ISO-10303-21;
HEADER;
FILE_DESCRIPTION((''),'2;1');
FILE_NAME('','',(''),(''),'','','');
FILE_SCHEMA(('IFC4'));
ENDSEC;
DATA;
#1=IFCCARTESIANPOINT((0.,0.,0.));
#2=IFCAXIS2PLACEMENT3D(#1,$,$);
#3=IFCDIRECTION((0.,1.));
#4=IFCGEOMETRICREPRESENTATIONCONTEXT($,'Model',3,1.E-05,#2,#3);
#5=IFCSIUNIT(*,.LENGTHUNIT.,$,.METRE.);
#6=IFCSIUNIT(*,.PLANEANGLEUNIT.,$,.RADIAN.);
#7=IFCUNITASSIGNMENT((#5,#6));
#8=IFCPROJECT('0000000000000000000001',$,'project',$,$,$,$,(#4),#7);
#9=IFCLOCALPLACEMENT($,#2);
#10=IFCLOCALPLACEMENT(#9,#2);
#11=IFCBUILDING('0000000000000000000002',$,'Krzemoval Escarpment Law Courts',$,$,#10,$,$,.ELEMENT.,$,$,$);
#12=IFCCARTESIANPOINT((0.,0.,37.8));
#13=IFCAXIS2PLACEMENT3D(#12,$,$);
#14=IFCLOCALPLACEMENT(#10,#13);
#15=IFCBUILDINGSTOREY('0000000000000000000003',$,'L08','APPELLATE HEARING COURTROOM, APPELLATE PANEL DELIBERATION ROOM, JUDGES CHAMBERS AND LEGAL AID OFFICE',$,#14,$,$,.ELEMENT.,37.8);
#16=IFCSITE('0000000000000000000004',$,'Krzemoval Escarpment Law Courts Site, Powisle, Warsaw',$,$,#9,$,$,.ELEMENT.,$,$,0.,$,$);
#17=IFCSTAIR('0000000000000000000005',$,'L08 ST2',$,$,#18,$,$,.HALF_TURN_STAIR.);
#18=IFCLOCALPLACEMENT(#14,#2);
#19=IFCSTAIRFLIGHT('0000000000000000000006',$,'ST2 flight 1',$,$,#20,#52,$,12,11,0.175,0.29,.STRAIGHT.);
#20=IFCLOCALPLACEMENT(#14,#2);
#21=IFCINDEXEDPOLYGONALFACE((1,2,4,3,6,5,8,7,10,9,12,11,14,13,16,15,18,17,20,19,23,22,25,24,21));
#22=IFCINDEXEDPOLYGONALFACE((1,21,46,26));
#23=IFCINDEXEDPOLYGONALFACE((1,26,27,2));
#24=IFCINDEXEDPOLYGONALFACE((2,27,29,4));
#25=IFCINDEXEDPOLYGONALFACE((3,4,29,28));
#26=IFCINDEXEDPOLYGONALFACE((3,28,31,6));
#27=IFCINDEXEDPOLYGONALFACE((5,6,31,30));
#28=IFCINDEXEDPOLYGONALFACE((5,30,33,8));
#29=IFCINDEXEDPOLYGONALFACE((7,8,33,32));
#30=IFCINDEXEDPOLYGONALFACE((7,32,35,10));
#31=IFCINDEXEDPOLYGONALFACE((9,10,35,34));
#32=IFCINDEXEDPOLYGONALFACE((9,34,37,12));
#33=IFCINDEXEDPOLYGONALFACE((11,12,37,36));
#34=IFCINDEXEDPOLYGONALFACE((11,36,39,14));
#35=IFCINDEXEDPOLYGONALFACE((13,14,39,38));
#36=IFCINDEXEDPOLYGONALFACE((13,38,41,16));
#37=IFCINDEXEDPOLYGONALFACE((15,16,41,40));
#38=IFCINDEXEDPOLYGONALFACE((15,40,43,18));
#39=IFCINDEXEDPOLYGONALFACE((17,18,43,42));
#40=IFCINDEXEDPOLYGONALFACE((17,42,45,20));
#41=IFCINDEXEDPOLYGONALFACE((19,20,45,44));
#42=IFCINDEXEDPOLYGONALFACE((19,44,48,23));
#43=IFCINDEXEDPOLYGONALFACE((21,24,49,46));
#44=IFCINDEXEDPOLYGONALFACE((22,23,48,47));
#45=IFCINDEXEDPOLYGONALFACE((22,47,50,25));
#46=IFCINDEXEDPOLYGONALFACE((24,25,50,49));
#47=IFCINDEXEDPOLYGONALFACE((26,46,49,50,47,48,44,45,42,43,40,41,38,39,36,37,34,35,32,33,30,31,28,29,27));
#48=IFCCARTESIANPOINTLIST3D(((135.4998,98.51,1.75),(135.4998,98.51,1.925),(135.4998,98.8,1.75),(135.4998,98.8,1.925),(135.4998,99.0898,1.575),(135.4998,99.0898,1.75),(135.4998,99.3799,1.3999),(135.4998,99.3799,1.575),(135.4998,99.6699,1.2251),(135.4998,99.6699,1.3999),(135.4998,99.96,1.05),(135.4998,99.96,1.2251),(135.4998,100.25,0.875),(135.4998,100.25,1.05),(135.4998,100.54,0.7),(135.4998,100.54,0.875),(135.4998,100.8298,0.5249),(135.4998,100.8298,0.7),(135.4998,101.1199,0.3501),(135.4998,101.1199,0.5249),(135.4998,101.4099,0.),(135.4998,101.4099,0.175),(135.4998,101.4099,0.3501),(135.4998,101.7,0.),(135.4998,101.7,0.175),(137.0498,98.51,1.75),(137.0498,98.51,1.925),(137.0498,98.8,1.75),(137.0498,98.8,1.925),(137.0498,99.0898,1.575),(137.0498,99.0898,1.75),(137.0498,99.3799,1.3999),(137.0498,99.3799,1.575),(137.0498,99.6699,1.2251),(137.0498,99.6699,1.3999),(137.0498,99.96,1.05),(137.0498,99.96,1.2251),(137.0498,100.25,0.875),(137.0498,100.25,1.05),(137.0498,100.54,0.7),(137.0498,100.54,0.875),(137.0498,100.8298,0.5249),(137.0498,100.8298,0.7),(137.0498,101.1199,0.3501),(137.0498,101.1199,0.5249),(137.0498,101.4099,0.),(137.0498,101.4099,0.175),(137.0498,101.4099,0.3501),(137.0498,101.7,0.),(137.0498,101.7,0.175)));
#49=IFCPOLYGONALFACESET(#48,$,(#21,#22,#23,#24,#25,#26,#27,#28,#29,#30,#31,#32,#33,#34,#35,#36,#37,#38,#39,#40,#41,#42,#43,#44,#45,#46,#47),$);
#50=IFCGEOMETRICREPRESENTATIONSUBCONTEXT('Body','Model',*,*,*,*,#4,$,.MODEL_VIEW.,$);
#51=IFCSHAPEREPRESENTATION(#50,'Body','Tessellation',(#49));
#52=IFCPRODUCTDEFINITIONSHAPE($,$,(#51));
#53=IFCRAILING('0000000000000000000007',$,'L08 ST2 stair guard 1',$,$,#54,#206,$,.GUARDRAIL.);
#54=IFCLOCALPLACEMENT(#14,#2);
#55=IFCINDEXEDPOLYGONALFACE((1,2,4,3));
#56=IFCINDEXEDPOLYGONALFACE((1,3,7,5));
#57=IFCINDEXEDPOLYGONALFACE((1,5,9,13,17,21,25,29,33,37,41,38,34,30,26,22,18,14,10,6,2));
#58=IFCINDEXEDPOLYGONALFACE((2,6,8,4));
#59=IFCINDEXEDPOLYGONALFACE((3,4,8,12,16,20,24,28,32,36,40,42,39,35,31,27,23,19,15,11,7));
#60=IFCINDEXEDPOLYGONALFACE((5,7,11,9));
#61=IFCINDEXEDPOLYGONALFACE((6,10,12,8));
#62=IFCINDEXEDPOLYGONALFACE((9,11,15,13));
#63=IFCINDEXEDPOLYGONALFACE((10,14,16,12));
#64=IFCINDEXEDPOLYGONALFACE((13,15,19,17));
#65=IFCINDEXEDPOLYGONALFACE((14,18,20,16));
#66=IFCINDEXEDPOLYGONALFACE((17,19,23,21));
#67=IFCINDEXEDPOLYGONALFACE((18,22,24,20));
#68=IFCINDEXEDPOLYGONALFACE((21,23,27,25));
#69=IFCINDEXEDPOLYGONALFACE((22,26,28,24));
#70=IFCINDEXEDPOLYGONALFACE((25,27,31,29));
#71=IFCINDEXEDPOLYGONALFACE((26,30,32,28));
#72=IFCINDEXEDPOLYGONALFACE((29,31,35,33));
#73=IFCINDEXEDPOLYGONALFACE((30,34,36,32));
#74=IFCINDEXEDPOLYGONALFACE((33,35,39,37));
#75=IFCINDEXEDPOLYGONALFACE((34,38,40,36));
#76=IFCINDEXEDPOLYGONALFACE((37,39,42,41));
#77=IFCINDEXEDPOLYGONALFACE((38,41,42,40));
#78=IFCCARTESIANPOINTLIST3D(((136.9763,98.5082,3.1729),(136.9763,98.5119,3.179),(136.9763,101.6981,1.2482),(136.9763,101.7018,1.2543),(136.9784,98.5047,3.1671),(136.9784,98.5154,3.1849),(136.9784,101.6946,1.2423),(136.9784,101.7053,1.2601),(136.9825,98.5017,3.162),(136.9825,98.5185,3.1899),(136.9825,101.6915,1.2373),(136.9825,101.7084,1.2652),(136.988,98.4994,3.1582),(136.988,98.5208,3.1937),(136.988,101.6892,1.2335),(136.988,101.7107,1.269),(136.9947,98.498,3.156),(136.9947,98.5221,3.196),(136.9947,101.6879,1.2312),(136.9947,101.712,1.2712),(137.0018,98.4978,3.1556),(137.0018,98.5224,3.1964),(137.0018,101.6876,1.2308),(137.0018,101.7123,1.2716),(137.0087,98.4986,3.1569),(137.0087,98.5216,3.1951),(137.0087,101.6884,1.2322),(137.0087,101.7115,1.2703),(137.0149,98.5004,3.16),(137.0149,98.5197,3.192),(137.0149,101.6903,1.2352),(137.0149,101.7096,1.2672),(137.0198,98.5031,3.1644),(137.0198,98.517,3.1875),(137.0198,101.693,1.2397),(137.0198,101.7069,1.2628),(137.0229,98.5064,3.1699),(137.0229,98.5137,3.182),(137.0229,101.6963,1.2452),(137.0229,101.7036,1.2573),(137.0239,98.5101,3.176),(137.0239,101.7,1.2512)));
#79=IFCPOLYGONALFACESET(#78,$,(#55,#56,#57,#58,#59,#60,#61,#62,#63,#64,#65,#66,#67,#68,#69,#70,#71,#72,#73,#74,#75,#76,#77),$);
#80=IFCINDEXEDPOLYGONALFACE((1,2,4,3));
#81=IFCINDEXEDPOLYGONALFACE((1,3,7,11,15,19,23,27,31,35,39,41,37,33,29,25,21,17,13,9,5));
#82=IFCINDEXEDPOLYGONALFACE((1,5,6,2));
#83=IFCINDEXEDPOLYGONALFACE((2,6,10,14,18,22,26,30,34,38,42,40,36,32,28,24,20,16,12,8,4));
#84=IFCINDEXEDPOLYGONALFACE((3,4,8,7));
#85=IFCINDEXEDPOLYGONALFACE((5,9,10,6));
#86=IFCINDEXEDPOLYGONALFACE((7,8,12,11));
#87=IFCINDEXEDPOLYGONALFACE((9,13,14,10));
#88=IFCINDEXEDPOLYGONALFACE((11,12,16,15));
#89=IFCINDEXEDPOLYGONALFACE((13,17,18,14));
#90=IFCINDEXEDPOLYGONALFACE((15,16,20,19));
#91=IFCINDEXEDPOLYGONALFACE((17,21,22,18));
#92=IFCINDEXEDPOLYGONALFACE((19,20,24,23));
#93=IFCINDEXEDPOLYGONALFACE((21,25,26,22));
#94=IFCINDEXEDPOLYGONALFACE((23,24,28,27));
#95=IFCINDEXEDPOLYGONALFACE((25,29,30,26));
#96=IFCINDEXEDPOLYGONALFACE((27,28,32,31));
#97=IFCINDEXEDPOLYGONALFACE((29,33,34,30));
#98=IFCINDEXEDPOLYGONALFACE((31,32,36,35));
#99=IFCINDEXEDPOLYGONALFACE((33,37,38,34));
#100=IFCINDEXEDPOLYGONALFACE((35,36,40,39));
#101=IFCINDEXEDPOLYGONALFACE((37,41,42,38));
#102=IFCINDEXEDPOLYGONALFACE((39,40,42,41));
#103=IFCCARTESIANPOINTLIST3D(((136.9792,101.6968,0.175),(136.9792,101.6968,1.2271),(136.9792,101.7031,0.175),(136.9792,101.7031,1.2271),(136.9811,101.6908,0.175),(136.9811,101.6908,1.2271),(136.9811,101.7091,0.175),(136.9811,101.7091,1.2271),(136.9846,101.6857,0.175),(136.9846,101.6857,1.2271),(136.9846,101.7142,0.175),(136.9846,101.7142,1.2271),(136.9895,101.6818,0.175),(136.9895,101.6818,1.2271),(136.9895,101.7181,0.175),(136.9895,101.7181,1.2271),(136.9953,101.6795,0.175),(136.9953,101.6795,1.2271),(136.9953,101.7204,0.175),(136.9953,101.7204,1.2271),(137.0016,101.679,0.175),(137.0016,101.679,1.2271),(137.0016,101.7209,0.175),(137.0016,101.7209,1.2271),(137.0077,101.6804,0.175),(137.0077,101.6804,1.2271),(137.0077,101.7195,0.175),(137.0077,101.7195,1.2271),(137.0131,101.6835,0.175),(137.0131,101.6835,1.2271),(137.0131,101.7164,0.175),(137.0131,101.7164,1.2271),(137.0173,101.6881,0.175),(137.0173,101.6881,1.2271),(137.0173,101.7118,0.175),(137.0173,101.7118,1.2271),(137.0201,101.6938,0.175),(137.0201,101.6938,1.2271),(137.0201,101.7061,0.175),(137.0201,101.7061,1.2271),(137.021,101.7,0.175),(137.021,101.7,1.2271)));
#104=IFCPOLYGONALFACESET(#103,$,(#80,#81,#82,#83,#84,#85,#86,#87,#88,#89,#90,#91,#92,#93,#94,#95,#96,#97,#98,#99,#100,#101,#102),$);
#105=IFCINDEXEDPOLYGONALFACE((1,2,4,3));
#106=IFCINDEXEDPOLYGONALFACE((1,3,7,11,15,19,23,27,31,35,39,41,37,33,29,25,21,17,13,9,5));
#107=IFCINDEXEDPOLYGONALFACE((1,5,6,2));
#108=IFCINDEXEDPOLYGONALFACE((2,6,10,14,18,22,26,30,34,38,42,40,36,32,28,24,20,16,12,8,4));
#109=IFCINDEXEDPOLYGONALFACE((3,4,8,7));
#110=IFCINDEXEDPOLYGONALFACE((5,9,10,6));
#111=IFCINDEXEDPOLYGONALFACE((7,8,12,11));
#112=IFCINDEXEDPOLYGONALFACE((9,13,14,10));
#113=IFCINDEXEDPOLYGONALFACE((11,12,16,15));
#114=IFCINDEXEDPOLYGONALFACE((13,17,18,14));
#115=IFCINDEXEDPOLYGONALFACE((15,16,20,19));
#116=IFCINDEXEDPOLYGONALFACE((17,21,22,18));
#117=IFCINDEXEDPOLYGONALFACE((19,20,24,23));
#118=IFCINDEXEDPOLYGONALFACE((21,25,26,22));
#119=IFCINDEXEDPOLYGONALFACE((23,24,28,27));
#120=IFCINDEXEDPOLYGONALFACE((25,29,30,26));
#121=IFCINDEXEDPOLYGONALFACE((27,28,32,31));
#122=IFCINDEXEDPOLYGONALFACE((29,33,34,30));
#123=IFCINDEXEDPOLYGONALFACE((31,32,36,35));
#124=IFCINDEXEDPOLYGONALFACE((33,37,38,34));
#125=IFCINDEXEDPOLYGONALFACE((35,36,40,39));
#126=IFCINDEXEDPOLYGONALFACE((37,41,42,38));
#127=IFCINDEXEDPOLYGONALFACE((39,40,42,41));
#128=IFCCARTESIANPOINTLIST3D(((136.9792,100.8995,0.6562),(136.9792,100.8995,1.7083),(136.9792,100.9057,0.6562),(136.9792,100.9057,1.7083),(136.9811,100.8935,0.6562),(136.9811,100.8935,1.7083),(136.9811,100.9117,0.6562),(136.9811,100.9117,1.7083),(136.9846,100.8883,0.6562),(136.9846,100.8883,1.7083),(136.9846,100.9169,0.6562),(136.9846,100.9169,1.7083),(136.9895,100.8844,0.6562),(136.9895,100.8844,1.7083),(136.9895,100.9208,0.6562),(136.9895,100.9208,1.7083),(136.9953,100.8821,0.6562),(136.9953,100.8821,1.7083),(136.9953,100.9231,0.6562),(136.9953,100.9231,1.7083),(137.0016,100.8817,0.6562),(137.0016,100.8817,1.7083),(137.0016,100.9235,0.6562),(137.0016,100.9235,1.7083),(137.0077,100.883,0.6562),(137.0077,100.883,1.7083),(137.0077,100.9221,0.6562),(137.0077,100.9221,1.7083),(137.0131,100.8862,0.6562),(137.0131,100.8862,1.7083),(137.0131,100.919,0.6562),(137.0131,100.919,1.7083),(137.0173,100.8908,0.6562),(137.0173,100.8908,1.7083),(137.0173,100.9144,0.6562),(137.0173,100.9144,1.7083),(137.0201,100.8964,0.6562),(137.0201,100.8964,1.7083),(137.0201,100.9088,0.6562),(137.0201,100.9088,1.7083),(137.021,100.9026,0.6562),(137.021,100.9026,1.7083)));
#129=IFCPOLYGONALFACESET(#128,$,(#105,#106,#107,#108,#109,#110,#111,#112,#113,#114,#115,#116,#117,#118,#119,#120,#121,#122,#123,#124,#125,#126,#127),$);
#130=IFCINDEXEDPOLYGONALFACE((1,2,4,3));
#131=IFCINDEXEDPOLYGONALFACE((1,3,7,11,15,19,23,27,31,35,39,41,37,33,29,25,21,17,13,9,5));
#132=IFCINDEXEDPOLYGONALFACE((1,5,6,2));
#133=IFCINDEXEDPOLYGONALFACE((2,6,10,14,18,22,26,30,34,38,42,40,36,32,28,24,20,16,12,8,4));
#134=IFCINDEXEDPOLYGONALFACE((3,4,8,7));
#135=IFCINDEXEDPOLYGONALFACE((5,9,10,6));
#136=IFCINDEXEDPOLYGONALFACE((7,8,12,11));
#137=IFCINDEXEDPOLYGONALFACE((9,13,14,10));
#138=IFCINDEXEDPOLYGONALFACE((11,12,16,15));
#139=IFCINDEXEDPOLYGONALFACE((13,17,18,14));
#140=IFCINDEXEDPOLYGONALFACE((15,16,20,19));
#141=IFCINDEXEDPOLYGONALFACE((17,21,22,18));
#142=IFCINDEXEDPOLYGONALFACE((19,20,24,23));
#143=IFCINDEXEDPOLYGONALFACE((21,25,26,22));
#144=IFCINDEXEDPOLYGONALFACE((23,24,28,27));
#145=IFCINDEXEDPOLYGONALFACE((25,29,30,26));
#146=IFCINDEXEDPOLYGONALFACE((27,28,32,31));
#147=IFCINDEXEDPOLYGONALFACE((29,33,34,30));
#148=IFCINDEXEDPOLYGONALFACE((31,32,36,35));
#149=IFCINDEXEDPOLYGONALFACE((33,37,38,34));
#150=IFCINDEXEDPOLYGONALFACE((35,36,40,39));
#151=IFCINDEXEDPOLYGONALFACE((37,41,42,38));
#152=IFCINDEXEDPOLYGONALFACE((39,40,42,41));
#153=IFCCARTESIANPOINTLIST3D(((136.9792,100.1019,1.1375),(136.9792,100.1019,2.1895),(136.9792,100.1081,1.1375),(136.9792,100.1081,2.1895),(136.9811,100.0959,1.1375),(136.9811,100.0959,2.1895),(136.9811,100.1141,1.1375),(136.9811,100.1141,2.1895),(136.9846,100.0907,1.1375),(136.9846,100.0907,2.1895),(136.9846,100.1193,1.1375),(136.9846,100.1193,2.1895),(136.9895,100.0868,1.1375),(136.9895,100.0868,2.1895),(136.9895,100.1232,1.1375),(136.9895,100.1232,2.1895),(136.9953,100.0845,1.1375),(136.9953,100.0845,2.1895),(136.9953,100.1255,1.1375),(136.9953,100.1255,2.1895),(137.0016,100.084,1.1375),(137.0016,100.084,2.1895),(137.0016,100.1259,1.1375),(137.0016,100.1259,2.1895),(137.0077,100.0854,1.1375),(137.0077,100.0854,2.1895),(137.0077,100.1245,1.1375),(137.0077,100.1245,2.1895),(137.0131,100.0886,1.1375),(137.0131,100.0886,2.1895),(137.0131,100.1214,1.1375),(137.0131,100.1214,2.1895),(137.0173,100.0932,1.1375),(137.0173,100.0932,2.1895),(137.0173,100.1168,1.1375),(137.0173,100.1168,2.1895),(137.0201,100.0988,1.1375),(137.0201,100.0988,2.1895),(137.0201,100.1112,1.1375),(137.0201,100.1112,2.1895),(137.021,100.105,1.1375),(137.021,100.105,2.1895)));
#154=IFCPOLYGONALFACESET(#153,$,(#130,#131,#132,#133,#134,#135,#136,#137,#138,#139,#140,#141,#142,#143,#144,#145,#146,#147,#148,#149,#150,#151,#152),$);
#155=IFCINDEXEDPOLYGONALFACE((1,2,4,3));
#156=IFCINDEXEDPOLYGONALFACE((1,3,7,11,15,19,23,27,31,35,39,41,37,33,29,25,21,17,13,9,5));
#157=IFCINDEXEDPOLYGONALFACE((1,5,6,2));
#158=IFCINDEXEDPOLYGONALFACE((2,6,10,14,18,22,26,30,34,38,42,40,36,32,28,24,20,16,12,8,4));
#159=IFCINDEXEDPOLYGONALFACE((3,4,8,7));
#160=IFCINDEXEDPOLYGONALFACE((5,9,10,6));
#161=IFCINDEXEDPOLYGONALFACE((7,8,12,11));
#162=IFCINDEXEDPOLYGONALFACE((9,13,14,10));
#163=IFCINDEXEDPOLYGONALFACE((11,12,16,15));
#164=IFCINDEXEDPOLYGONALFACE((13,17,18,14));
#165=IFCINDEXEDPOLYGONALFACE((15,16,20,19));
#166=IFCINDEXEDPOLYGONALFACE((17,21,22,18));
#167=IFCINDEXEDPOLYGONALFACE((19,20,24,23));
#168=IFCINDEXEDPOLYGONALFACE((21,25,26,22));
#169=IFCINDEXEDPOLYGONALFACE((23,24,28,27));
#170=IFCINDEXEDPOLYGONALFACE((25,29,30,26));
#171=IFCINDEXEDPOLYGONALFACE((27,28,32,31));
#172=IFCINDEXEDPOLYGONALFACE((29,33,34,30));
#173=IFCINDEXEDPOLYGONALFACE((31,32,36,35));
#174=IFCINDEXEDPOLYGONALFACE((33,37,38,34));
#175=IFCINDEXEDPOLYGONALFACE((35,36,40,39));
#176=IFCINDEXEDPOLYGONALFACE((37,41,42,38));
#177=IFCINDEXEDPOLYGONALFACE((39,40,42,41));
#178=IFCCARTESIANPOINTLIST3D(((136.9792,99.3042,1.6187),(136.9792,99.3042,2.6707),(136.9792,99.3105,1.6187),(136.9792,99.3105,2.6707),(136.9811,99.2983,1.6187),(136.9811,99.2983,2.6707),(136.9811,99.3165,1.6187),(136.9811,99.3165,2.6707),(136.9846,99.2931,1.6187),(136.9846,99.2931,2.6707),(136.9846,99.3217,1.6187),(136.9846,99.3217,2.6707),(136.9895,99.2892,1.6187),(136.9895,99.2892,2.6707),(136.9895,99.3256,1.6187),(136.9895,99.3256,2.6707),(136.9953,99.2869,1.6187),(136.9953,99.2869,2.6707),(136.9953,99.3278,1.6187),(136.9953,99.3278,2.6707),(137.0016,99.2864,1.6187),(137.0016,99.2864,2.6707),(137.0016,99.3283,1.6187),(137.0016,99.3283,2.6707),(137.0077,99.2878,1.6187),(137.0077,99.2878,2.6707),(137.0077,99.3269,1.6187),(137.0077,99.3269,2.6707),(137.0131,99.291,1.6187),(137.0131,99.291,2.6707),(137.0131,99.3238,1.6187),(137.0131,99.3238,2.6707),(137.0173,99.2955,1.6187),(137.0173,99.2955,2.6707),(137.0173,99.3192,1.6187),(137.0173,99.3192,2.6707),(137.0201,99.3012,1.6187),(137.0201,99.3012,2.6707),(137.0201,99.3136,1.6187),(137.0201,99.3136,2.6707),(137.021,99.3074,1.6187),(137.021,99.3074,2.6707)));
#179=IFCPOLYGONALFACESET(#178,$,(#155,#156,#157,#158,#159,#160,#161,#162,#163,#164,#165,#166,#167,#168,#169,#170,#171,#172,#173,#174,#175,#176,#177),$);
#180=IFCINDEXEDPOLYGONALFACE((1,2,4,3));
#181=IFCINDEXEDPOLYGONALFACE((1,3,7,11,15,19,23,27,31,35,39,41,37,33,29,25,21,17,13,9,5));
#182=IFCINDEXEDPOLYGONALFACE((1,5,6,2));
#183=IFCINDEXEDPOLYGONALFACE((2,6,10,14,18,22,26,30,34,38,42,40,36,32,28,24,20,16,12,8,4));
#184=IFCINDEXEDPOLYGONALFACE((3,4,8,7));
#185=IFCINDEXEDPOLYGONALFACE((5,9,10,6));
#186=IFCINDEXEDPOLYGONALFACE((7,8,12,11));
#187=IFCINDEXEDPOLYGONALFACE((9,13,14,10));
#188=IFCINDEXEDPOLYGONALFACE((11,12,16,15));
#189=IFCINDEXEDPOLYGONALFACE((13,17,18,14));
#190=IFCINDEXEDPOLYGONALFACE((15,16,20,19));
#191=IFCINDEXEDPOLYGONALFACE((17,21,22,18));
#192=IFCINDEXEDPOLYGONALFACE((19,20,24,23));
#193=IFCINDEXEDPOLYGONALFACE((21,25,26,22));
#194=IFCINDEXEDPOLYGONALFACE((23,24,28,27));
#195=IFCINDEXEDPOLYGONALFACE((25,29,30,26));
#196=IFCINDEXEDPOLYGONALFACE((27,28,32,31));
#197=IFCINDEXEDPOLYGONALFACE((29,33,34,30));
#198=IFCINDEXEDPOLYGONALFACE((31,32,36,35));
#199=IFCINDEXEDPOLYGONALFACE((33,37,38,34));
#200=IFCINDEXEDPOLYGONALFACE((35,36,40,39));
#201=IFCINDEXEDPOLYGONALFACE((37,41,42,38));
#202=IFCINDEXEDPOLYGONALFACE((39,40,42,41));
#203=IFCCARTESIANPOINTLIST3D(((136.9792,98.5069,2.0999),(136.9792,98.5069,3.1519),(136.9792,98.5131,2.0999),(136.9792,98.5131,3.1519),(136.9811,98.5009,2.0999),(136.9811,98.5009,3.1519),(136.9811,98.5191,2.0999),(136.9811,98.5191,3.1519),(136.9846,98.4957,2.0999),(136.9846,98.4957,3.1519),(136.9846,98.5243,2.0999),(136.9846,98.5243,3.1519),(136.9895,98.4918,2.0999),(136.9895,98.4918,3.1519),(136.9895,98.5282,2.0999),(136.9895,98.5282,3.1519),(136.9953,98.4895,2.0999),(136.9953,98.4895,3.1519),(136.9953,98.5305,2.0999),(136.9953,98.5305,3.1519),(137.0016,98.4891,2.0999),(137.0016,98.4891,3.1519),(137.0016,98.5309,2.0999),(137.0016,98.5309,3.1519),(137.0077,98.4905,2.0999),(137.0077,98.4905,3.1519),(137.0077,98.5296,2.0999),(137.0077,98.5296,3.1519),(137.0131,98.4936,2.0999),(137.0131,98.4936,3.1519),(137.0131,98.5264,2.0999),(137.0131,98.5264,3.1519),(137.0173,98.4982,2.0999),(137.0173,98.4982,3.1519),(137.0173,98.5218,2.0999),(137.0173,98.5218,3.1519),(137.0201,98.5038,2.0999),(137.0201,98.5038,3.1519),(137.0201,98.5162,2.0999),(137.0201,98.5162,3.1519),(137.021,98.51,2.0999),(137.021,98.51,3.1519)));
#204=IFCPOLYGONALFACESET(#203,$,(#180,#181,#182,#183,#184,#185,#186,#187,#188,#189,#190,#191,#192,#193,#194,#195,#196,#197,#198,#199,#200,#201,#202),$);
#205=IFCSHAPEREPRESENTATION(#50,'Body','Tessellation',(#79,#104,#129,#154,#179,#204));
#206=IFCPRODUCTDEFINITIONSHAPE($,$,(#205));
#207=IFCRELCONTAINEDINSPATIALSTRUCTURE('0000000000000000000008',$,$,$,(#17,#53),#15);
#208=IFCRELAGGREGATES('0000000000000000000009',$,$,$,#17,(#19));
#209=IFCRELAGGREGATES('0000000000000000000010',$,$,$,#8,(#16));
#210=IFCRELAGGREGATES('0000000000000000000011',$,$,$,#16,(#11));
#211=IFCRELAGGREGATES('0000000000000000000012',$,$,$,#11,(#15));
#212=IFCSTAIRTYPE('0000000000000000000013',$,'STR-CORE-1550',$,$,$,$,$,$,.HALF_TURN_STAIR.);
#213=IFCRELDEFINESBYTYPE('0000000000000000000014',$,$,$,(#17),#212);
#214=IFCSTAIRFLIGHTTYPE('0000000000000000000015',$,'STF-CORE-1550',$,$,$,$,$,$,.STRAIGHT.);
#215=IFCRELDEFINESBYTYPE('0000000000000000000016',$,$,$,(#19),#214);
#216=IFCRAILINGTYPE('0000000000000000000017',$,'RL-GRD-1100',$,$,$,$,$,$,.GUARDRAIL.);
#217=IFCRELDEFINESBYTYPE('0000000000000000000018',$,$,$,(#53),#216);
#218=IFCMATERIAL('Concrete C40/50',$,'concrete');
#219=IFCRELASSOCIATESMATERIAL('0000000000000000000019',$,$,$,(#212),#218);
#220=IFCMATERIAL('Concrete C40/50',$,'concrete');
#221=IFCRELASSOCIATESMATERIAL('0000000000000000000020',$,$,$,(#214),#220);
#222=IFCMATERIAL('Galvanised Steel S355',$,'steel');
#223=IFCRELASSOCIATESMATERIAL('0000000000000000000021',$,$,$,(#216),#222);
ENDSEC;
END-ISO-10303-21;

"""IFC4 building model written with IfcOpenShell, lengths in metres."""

from ifc_helpers import new_model, si_unit, direction, frame, origin, origin_2d, place, context, subcontext, project, spatial, polyline, circle, outline, extrude, material, type_object, element, aggregate, save


model = new_model("IFC4")

# Units and contexts
model_context = context("Model", 3, precision=1e-05, world=origin(), true_north=direction((0.0, 1.0)))
body_context = subcontext(model_context, "Body", "Model", "MODEL_VIEW")
ifc_project = project(units=[si_unit("LENGTHUNIT", "METRE"), si_unit("PLANEANGLEUNIT", "RADIAN")], contexts=[model_context])

# Site, building, storey
site_placement = place(None, origin())
site = spatial("IfcSite", under=ifc_project, at=site_placement, Name="Krzemoval Escarpment Law Courts Site, Powisle, Warsaw", CompositionType="ELEMENT", RefElevation=0.0)
building_placement = place(site_placement, origin())
building = spatial("IfcBuilding", under=site, at=building_placement, Name="Krzemoval Escarpment Law Courts", CompositionType="ELEMENT")
storey_placement = place(building_placement, frame((0.0, 0.0, 37.8)))
storey = spatial("IfcBuildingStorey", under=building, at=storey_placement, Name="L08", Description="APPELLATE HEARING COURTROOM, APPELLATE PANEL DELIBERATION ROOM, JUDGES CHAMBERS AND LEGAL AID OFFICE", CompositionType="ELEMENT", Elevation=37.8)

# Stair, stair flight
ifc_material_1 = material(Name="Concrete C40/50", Category="concrete")
stair_type = type_object("IfcStairType", Name="STR-CORE-1550", PredefinedType="HALF_TURN_STAIR", material=ifc_material_1)
ifc_material_2 = material(Name="Concrete C40/50", Category="concrete")
stair_flight_type = type_object("IfcStairFlightType", Name="STF-CORE-1550", PredefinedType="STRAIGHT", material=ifc_material_2)
stair_1_placement = place(storey_placement, origin())
stair_1 = element("IfcStair", 1, at=stair_1_placement, inside=storey, type_object=stair_type, Name="L08 ST2", PredefinedType="HALF_TURN_STAIR")
stair_flight_1_placement = place(storey_placement, frame((136.2749, 101.7, 0.0), z_axis=(0.0, 0.0, 1.0), x_axis=(0.0, -1.0, 0.0)))
stair_flight_1 = element("IfcStairFlight", 2, at=stair_flight_1_placement, type_object=stair_flight_type, Name="ST2 flight 1", NumberOfRisers=12, NumberOfTreads=11, PredefinedType="STRAIGHT", RiserHeight=0.175, TreadLength=0.29, context=body_context, shape_type="SweptSolid", body=[
    extrude(outline(polyline([(0.0, 0.0), (0.0, 0.175), (0.29, 0.175), (0.29, 0.3501), (0.5801, 0.3501), (0.5801, 0.5249), (0.8701, 0.5249), (0.8701, 0.7), (1.1599, 0.7), (1.1599, 0.875), (1.45, 0.875), (1.45, 1.05), (1.74, 1.05), (1.74, 1.2251), (2.03, 1.2251), (2.03, 1.3999), (2.3201, 1.3999), (2.3201, 1.575), (2.6101, 1.575), (2.6101, 1.75), (2.8999, 1.75), (2.8999, 1.925), (3.1899, 1.925), (3.1899, 2.1001), (3.1899, 1.75), (0.29, 0.0), (0.0, 0.0)])), frame((0.0, 0.7749, 0.0), z_axis=(0.0, -1.0, 0.0), x_axis=(1.0, 0.0, 0.0)), (0.0, 0.0, 1.0), 1.55),
])
aggregate(stair_1, [stair_flight_1])

# Railing
ifc_material_3 = material(Name="Galvanised Steel S355", Category="steel")
railing_type_1 = type_object("IfcRailingType", Name="RL-GRD-1100", PredefinedType="GUARDRAIL", material=ifc_material_3)
railing_1_placement = place(storey_placement, frame((137.0, 101.7, 0.175)))
element("IfcRailing", 3, at=railing_1_placement, inside=storey, type_object=railing_type_1, Name="L08 ST2 stair guard 1", PredefinedType="GUARDRAIL", context=body_context, shape_type="SweptSolid", body=[
    extrude(circle(Radius=0.0239, at=origin_2d()), frame((0.0, 0.0, 1.0762), z_axis=(0.0, -0.856207, 0.516633), x_axis=(1.0, 0.0, 0.0)), (0.0, 0.0, 1.0), 3.7256),
    extrude(circle(Radius=0.021, at=origin_2d()), origin(), (0.0, 0.0, 1.0), 1.052),
    extrude(circle(Radius=0.021, at=origin_2d()), frame((0.0, -0.7974, 0.4812)), (0.0, 0.0, 1.0), 1.052),
    extrude(circle(Radius=0.021, at=origin_2d()), frame((0.0, -1.595, 0.9624)), (0.0, 0.0, 1.0), 1.052),
    extrude(circle(Radius=0.021, at=origin_2d()), frame((0.0, -2.3926, 1.4436)), (0.0, 0.0, 1.0), 1.052),
    extrude(circle(Radius=0.021, at=origin_2d()), frame((0.0, -3.1899, 1.9248)), (0.0, 0.0, 1.0), 1.052),
])

save(model, "model.ifc")
